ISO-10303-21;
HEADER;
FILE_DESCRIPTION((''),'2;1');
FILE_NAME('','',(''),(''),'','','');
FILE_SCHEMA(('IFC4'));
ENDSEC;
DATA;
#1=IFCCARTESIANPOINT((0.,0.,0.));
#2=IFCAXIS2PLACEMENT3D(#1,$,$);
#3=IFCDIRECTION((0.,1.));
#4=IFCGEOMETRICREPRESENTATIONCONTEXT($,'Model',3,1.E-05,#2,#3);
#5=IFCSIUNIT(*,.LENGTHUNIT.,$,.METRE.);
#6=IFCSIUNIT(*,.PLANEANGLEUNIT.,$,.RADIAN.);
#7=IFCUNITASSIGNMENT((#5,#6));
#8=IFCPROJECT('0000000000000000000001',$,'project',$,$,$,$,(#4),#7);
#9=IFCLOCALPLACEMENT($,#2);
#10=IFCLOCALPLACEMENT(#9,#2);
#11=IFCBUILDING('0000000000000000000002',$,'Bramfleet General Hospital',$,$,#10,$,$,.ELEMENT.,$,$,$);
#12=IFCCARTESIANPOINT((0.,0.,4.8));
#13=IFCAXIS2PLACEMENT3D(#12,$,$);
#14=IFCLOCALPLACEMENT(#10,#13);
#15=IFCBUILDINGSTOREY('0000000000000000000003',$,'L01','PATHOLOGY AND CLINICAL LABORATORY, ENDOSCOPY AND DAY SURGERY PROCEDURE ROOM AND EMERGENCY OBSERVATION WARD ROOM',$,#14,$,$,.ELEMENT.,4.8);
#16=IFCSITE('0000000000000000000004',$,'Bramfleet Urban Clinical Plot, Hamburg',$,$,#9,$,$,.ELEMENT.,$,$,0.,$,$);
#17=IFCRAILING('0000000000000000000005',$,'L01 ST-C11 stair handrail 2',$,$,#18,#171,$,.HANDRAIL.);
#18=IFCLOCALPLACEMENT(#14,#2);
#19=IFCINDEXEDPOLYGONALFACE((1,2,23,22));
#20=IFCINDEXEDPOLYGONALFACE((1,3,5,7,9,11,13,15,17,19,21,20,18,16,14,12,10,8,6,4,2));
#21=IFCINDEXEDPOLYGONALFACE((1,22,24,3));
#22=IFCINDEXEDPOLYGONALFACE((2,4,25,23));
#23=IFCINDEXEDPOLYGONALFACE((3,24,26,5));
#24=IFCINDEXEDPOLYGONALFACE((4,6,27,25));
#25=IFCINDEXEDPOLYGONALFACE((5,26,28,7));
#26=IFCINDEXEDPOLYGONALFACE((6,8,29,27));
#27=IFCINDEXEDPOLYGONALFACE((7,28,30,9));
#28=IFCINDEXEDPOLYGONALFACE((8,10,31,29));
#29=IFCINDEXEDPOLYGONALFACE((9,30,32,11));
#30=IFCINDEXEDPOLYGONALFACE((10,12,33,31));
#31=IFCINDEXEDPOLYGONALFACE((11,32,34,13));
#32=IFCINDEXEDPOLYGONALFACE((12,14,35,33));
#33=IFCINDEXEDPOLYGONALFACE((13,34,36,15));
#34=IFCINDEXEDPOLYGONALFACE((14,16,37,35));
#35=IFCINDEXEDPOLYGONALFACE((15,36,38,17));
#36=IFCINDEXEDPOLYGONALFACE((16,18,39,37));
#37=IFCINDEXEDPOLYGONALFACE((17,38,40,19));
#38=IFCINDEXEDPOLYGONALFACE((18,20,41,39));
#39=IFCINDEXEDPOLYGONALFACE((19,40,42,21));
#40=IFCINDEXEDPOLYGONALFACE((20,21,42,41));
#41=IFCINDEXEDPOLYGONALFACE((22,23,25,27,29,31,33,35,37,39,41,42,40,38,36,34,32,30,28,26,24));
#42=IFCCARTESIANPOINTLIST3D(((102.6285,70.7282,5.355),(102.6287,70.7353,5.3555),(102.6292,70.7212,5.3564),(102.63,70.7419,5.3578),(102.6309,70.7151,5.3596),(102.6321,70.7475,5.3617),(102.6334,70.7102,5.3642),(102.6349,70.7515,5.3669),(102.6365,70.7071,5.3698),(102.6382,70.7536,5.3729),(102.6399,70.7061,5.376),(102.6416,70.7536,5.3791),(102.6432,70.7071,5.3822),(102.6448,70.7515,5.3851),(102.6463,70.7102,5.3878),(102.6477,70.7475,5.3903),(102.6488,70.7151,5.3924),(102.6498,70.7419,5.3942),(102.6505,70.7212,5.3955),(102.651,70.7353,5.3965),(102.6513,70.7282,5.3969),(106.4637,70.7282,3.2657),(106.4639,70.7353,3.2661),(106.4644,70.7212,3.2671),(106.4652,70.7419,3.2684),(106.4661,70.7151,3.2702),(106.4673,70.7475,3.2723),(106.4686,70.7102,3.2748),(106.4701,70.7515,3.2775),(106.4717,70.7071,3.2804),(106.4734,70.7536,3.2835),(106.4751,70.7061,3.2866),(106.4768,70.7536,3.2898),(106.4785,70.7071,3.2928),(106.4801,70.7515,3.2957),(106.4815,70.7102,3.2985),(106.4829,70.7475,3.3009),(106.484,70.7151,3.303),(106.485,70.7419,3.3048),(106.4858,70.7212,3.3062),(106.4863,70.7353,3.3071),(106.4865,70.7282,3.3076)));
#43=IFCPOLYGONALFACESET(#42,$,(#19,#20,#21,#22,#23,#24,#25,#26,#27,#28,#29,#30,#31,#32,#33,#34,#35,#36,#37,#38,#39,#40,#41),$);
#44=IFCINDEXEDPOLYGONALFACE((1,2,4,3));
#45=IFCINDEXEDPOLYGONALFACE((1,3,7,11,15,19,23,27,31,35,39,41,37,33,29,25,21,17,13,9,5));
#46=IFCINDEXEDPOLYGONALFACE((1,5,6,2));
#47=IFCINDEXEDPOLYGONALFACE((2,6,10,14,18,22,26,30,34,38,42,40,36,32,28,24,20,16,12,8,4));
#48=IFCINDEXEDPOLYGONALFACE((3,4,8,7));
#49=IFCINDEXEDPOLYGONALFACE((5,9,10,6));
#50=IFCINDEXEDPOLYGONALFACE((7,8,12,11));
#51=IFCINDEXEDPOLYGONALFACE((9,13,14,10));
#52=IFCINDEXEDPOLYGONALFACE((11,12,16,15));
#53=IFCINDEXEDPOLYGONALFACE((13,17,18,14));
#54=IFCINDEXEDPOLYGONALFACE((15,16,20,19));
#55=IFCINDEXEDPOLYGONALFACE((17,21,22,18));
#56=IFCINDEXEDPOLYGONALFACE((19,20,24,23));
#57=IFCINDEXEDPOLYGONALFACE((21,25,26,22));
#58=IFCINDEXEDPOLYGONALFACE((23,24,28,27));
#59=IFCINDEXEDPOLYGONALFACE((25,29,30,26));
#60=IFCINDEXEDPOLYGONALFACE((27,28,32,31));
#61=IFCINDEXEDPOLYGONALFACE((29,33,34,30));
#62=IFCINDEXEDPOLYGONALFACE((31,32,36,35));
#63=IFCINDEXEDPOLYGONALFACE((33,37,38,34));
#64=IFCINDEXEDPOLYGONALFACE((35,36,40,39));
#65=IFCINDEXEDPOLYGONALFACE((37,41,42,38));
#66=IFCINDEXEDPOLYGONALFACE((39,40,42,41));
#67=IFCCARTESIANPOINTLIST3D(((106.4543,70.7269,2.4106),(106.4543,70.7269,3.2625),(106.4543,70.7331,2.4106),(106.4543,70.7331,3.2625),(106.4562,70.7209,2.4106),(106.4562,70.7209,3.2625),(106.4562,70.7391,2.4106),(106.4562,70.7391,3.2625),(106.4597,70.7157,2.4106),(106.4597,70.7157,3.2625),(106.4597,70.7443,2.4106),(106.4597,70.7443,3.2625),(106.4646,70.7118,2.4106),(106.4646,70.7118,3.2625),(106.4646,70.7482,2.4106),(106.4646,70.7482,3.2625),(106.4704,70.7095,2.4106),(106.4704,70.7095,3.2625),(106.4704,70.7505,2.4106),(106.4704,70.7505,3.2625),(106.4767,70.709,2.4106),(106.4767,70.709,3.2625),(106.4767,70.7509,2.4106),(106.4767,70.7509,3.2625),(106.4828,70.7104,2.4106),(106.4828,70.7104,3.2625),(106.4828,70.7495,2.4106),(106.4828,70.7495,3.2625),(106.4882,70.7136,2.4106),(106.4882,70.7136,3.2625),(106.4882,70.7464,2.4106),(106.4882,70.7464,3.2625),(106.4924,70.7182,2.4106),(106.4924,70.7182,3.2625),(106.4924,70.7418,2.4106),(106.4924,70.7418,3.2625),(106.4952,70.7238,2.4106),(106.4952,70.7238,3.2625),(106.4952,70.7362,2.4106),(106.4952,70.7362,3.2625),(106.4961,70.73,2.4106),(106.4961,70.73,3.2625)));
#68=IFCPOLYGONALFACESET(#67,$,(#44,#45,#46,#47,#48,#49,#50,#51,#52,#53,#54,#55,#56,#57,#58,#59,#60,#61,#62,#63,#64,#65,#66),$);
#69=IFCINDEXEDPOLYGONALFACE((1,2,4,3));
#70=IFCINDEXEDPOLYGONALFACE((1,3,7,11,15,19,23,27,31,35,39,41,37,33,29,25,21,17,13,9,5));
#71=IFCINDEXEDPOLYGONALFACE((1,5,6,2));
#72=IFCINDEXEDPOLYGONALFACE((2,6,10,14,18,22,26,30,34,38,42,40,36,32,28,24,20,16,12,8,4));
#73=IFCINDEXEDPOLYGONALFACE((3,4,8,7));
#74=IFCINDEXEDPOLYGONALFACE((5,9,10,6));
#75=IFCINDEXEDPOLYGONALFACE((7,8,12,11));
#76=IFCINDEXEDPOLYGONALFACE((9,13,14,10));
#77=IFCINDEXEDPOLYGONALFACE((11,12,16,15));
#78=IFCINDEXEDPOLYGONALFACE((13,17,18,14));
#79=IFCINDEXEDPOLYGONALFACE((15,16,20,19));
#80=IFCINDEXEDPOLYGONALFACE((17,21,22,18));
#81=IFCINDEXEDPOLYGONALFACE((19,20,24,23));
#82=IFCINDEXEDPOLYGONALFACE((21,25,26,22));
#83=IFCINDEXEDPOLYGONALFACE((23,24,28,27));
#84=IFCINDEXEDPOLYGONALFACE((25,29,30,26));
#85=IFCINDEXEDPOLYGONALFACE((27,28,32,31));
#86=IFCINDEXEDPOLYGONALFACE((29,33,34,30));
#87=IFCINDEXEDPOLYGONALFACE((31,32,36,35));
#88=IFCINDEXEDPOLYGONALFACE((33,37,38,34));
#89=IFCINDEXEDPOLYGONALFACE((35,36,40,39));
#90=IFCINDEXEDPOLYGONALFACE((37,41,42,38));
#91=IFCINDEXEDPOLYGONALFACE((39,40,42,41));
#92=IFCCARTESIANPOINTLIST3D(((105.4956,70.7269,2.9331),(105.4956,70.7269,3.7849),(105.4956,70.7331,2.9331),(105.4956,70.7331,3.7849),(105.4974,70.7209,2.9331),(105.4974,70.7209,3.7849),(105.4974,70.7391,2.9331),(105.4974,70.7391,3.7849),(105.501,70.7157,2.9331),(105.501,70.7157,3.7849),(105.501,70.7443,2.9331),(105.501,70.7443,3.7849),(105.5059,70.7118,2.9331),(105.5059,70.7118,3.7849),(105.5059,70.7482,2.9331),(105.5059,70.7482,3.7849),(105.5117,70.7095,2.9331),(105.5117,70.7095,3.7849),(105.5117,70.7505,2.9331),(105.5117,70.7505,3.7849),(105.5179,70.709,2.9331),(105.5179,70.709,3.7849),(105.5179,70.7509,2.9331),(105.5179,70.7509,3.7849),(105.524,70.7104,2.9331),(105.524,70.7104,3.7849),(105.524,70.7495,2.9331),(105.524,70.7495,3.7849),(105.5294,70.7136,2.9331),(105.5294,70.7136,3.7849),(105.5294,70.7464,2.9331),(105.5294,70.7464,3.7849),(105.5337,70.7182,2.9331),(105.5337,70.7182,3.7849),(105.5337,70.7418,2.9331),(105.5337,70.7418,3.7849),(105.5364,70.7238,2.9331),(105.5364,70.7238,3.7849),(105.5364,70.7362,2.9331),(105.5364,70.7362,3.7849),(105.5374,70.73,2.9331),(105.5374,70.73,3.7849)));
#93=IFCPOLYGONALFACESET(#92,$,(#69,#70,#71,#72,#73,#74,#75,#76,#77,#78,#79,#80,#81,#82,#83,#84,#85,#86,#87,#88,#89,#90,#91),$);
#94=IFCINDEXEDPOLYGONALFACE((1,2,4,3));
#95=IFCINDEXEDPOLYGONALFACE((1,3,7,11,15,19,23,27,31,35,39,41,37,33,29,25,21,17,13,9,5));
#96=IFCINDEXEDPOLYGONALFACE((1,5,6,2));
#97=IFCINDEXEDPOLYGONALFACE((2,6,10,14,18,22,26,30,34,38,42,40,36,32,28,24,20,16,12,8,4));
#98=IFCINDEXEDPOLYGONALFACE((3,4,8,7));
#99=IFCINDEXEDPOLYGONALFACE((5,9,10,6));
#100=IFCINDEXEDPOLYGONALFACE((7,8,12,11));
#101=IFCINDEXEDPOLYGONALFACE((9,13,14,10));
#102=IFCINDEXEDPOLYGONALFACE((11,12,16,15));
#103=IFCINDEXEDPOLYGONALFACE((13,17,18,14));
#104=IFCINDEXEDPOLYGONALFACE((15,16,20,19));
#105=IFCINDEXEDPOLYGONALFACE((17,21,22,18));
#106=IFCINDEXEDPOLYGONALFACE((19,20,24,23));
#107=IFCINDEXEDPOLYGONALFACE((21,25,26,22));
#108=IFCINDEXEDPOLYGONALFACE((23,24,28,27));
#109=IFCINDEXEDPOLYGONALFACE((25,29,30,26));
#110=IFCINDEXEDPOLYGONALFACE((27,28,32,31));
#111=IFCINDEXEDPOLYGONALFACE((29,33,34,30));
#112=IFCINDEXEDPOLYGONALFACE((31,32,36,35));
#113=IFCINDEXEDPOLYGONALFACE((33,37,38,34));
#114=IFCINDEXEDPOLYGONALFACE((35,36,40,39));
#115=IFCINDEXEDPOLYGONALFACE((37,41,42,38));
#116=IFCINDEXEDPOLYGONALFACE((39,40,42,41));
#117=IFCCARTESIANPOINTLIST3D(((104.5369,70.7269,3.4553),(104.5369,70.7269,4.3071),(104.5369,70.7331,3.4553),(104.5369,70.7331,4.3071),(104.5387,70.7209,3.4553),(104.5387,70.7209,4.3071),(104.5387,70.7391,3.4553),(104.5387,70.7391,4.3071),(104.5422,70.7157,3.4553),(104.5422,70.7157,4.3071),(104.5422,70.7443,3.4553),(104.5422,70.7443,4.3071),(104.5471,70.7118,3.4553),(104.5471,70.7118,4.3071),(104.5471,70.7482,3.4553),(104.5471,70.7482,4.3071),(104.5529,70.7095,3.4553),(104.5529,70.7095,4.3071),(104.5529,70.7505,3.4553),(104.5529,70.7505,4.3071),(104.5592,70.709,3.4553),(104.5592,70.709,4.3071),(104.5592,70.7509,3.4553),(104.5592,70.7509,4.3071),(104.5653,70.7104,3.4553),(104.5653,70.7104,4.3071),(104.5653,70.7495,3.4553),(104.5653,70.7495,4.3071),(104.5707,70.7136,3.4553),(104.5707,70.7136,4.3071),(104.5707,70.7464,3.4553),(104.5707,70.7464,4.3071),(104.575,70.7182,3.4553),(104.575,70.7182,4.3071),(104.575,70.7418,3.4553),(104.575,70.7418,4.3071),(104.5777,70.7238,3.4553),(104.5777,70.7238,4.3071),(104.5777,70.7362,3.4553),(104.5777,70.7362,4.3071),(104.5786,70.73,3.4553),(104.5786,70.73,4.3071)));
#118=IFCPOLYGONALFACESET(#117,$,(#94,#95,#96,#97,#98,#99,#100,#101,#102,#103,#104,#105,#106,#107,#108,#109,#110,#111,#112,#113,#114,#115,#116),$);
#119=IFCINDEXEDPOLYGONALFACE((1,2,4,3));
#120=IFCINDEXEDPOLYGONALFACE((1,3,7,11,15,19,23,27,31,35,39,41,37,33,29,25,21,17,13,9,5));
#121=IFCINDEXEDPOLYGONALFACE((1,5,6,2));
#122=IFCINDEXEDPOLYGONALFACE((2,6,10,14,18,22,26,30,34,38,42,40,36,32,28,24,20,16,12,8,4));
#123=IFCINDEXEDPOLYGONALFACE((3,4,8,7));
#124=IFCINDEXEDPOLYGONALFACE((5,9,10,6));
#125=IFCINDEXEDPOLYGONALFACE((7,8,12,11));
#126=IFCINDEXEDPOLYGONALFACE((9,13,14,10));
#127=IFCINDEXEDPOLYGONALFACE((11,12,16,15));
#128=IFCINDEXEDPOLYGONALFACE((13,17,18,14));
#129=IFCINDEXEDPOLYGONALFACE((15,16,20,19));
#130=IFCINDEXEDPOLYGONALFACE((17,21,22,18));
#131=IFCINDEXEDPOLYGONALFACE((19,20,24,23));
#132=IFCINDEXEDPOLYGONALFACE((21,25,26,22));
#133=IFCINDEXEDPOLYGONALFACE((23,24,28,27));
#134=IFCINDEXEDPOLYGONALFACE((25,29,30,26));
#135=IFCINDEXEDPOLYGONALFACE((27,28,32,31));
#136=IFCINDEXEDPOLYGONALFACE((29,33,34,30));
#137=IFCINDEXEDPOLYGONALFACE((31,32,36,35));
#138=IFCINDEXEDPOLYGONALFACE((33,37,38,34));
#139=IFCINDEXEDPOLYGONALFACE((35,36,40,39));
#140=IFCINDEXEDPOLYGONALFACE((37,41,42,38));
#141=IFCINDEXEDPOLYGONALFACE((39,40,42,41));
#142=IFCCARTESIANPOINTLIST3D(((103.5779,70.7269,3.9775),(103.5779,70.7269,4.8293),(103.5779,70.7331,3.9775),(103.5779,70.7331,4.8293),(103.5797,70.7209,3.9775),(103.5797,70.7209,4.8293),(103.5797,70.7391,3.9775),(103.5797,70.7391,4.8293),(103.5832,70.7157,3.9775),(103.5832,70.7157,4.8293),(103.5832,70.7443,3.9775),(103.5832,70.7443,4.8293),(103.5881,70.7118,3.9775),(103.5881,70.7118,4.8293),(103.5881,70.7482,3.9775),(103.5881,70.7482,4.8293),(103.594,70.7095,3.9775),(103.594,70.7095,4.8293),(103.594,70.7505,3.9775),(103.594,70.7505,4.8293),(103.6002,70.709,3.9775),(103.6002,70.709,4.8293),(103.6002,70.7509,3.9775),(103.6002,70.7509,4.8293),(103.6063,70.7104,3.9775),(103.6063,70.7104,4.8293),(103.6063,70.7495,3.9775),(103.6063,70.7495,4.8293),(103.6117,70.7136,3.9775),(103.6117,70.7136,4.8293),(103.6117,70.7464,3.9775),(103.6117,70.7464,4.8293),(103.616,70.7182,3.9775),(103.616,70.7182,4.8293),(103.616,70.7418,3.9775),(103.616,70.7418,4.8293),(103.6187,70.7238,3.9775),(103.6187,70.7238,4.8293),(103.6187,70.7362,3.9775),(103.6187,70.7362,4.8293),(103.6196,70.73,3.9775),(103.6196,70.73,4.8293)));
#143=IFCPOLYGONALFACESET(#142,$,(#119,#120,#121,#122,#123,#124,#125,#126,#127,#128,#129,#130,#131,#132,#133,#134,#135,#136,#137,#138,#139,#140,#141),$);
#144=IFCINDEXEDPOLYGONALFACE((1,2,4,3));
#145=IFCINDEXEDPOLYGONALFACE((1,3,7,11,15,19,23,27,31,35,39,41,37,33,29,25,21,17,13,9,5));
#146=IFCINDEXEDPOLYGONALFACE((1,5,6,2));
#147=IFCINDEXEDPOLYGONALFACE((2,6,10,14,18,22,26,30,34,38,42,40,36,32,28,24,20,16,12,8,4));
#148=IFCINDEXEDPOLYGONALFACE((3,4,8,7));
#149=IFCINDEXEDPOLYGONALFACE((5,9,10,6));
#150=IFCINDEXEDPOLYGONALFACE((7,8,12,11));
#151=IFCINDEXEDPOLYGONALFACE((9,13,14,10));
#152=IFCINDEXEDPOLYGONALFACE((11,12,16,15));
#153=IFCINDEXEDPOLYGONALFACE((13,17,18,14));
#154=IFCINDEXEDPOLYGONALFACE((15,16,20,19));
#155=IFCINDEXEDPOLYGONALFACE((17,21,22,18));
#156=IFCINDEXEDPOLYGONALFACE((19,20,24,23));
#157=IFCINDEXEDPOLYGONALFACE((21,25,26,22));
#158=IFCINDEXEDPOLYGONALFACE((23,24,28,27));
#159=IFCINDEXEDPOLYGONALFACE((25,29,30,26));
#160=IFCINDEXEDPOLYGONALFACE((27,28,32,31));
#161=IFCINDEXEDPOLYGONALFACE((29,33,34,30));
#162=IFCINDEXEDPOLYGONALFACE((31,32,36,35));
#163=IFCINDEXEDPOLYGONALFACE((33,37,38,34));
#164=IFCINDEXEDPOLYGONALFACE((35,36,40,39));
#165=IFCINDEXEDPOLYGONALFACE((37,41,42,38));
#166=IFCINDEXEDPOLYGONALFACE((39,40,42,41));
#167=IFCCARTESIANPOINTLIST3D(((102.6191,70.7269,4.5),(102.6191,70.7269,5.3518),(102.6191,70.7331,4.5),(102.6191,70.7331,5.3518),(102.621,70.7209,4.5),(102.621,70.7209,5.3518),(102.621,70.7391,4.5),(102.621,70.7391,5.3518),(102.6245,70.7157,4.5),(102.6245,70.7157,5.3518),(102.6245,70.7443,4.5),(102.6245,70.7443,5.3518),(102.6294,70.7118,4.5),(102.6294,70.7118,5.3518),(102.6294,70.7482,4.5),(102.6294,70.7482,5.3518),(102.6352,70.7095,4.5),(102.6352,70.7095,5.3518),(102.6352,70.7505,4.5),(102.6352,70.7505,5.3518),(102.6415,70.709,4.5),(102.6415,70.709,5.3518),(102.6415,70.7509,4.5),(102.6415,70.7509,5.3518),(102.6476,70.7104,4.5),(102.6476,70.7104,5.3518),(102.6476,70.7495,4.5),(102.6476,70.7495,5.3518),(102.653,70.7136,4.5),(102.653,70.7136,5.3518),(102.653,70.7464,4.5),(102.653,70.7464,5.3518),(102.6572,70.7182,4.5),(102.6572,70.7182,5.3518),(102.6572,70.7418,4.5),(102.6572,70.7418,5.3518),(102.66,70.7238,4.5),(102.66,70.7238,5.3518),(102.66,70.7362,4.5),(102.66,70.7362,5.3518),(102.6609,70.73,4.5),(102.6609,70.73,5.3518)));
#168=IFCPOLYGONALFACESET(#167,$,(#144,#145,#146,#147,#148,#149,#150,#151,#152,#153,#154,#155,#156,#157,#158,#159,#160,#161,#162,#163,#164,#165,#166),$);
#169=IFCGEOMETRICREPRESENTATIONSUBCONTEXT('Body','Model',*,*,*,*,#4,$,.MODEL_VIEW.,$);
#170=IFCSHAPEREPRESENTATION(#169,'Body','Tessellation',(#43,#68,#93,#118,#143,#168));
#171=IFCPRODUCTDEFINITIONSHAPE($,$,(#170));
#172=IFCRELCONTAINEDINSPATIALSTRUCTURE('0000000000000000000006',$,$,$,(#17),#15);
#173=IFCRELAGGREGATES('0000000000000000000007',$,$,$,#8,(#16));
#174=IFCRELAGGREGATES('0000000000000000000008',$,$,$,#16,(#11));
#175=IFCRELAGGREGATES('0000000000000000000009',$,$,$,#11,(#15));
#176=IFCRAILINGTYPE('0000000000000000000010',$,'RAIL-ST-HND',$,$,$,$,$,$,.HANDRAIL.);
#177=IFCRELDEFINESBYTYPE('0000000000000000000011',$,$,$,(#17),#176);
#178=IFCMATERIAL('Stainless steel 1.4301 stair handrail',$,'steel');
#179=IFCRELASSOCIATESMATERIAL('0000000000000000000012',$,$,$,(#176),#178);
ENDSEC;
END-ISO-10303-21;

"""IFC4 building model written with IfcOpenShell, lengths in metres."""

from ifc_helpers import new_model, si_unit, direction, frame, origin, origin_2d, place, context, subcontext, project, spatial, circle, extrude, material, type_object, element, save


model = new_model("IFC4")

# Units and contexts
model_context = context("Model", 3, precision=1e-05, world=origin(), true_north=direction((0.0, 1.0)))
body_context = subcontext(model_context, "Body", "Model", "MODEL_VIEW")
ifc_project = project(units=[si_unit("LENGTHUNIT", "METRE"), si_unit("PLANEANGLEUNIT", "RADIAN")], contexts=[model_context])

# Site, building, storey
site_placement = place(None, origin())
site = spatial("IfcSite", under=ifc_project, at=site_placement, Name="Bramfleet Urban Clinical Plot, Hamburg", CompositionType="ELEMENT", RefElevation=0.0)
building_placement = place(site_placement, origin())
building = spatial("IfcBuilding", under=site, at=building_placement, Name="Bramfleet General Hospital", CompositionType="ELEMENT")
storey_placement = place(building_placement, frame((0.0, 0.0, 4.8)))
storey = spatial("IfcBuildingStorey", under=building, at=storey_placement, Name="L01", Description="PATHOLOGY AND CLINICAL LABORATORY, ENDOSCOPY AND DAY SURGERY PROCEDURE ROOM AND EMERGENCY OBSERVATION WARD ROOM", CompositionType="ELEMENT", Elevation=4.8)

# Railing
ifc_material_1 = material(Name="Stainless steel 1.4301 stair handrail", Category="steel")
railing_type_1 = type_object("IfcRailingType", Name="RAIL-ST-HND", PredefinedType="HANDRAIL", material=ifc_material_1)
railing_1_placement = place(storey_placement, frame((106.4751, 70.73, 2.4106)))
element("IfcRailing", 1, at=railing_1_placement, inside=storey, type_object=railing_type_1, Name="L01 ST-C11 stair handrail 2", PredefinedType="HANDRAIL", context=body_context, shape_type="SweptSolid", body=[
    extrude(circle(Radius=0.0239, at=origin_2d()), frame((0.0, 0.0, 0.876), z_axis=(-0.878143, 0.0, 0.478398), x_axis=(0.0, -1.0, 0.0)), (0.0, 0.0, 1.0), 4.3674),
    extrude(circle(Radius=0.021, at=origin_2d()), origin(), (0.0, 0.0, 1.0), 0.8518),
    extrude(circle(Radius=0.021, at=origin_2d()), frame((-0.9587, 0.0, 0.5225)), (0.0, 0.0, 1.0), 0.8518),
    extrude(circle(Radius=0.021, at=origin_2d()), frame((-1.9175, 0.0, 1.0447)), (0.0, 0.0, 1.0), 0.8518),
    extrude(circle(Radius=0.021, at=origin_2d()), frame((-2.8765, 0.0, 1.5669)), (0.0, 0.0, 1.0), 0.8518),
    extrude(circle(Radius=0.021, at=origin_2d()), frame((-3.8352, 0.0, 2.0894)), (0.0, 0.0, 1.0), 0.8518),
])

save(model, "model.ifc")
